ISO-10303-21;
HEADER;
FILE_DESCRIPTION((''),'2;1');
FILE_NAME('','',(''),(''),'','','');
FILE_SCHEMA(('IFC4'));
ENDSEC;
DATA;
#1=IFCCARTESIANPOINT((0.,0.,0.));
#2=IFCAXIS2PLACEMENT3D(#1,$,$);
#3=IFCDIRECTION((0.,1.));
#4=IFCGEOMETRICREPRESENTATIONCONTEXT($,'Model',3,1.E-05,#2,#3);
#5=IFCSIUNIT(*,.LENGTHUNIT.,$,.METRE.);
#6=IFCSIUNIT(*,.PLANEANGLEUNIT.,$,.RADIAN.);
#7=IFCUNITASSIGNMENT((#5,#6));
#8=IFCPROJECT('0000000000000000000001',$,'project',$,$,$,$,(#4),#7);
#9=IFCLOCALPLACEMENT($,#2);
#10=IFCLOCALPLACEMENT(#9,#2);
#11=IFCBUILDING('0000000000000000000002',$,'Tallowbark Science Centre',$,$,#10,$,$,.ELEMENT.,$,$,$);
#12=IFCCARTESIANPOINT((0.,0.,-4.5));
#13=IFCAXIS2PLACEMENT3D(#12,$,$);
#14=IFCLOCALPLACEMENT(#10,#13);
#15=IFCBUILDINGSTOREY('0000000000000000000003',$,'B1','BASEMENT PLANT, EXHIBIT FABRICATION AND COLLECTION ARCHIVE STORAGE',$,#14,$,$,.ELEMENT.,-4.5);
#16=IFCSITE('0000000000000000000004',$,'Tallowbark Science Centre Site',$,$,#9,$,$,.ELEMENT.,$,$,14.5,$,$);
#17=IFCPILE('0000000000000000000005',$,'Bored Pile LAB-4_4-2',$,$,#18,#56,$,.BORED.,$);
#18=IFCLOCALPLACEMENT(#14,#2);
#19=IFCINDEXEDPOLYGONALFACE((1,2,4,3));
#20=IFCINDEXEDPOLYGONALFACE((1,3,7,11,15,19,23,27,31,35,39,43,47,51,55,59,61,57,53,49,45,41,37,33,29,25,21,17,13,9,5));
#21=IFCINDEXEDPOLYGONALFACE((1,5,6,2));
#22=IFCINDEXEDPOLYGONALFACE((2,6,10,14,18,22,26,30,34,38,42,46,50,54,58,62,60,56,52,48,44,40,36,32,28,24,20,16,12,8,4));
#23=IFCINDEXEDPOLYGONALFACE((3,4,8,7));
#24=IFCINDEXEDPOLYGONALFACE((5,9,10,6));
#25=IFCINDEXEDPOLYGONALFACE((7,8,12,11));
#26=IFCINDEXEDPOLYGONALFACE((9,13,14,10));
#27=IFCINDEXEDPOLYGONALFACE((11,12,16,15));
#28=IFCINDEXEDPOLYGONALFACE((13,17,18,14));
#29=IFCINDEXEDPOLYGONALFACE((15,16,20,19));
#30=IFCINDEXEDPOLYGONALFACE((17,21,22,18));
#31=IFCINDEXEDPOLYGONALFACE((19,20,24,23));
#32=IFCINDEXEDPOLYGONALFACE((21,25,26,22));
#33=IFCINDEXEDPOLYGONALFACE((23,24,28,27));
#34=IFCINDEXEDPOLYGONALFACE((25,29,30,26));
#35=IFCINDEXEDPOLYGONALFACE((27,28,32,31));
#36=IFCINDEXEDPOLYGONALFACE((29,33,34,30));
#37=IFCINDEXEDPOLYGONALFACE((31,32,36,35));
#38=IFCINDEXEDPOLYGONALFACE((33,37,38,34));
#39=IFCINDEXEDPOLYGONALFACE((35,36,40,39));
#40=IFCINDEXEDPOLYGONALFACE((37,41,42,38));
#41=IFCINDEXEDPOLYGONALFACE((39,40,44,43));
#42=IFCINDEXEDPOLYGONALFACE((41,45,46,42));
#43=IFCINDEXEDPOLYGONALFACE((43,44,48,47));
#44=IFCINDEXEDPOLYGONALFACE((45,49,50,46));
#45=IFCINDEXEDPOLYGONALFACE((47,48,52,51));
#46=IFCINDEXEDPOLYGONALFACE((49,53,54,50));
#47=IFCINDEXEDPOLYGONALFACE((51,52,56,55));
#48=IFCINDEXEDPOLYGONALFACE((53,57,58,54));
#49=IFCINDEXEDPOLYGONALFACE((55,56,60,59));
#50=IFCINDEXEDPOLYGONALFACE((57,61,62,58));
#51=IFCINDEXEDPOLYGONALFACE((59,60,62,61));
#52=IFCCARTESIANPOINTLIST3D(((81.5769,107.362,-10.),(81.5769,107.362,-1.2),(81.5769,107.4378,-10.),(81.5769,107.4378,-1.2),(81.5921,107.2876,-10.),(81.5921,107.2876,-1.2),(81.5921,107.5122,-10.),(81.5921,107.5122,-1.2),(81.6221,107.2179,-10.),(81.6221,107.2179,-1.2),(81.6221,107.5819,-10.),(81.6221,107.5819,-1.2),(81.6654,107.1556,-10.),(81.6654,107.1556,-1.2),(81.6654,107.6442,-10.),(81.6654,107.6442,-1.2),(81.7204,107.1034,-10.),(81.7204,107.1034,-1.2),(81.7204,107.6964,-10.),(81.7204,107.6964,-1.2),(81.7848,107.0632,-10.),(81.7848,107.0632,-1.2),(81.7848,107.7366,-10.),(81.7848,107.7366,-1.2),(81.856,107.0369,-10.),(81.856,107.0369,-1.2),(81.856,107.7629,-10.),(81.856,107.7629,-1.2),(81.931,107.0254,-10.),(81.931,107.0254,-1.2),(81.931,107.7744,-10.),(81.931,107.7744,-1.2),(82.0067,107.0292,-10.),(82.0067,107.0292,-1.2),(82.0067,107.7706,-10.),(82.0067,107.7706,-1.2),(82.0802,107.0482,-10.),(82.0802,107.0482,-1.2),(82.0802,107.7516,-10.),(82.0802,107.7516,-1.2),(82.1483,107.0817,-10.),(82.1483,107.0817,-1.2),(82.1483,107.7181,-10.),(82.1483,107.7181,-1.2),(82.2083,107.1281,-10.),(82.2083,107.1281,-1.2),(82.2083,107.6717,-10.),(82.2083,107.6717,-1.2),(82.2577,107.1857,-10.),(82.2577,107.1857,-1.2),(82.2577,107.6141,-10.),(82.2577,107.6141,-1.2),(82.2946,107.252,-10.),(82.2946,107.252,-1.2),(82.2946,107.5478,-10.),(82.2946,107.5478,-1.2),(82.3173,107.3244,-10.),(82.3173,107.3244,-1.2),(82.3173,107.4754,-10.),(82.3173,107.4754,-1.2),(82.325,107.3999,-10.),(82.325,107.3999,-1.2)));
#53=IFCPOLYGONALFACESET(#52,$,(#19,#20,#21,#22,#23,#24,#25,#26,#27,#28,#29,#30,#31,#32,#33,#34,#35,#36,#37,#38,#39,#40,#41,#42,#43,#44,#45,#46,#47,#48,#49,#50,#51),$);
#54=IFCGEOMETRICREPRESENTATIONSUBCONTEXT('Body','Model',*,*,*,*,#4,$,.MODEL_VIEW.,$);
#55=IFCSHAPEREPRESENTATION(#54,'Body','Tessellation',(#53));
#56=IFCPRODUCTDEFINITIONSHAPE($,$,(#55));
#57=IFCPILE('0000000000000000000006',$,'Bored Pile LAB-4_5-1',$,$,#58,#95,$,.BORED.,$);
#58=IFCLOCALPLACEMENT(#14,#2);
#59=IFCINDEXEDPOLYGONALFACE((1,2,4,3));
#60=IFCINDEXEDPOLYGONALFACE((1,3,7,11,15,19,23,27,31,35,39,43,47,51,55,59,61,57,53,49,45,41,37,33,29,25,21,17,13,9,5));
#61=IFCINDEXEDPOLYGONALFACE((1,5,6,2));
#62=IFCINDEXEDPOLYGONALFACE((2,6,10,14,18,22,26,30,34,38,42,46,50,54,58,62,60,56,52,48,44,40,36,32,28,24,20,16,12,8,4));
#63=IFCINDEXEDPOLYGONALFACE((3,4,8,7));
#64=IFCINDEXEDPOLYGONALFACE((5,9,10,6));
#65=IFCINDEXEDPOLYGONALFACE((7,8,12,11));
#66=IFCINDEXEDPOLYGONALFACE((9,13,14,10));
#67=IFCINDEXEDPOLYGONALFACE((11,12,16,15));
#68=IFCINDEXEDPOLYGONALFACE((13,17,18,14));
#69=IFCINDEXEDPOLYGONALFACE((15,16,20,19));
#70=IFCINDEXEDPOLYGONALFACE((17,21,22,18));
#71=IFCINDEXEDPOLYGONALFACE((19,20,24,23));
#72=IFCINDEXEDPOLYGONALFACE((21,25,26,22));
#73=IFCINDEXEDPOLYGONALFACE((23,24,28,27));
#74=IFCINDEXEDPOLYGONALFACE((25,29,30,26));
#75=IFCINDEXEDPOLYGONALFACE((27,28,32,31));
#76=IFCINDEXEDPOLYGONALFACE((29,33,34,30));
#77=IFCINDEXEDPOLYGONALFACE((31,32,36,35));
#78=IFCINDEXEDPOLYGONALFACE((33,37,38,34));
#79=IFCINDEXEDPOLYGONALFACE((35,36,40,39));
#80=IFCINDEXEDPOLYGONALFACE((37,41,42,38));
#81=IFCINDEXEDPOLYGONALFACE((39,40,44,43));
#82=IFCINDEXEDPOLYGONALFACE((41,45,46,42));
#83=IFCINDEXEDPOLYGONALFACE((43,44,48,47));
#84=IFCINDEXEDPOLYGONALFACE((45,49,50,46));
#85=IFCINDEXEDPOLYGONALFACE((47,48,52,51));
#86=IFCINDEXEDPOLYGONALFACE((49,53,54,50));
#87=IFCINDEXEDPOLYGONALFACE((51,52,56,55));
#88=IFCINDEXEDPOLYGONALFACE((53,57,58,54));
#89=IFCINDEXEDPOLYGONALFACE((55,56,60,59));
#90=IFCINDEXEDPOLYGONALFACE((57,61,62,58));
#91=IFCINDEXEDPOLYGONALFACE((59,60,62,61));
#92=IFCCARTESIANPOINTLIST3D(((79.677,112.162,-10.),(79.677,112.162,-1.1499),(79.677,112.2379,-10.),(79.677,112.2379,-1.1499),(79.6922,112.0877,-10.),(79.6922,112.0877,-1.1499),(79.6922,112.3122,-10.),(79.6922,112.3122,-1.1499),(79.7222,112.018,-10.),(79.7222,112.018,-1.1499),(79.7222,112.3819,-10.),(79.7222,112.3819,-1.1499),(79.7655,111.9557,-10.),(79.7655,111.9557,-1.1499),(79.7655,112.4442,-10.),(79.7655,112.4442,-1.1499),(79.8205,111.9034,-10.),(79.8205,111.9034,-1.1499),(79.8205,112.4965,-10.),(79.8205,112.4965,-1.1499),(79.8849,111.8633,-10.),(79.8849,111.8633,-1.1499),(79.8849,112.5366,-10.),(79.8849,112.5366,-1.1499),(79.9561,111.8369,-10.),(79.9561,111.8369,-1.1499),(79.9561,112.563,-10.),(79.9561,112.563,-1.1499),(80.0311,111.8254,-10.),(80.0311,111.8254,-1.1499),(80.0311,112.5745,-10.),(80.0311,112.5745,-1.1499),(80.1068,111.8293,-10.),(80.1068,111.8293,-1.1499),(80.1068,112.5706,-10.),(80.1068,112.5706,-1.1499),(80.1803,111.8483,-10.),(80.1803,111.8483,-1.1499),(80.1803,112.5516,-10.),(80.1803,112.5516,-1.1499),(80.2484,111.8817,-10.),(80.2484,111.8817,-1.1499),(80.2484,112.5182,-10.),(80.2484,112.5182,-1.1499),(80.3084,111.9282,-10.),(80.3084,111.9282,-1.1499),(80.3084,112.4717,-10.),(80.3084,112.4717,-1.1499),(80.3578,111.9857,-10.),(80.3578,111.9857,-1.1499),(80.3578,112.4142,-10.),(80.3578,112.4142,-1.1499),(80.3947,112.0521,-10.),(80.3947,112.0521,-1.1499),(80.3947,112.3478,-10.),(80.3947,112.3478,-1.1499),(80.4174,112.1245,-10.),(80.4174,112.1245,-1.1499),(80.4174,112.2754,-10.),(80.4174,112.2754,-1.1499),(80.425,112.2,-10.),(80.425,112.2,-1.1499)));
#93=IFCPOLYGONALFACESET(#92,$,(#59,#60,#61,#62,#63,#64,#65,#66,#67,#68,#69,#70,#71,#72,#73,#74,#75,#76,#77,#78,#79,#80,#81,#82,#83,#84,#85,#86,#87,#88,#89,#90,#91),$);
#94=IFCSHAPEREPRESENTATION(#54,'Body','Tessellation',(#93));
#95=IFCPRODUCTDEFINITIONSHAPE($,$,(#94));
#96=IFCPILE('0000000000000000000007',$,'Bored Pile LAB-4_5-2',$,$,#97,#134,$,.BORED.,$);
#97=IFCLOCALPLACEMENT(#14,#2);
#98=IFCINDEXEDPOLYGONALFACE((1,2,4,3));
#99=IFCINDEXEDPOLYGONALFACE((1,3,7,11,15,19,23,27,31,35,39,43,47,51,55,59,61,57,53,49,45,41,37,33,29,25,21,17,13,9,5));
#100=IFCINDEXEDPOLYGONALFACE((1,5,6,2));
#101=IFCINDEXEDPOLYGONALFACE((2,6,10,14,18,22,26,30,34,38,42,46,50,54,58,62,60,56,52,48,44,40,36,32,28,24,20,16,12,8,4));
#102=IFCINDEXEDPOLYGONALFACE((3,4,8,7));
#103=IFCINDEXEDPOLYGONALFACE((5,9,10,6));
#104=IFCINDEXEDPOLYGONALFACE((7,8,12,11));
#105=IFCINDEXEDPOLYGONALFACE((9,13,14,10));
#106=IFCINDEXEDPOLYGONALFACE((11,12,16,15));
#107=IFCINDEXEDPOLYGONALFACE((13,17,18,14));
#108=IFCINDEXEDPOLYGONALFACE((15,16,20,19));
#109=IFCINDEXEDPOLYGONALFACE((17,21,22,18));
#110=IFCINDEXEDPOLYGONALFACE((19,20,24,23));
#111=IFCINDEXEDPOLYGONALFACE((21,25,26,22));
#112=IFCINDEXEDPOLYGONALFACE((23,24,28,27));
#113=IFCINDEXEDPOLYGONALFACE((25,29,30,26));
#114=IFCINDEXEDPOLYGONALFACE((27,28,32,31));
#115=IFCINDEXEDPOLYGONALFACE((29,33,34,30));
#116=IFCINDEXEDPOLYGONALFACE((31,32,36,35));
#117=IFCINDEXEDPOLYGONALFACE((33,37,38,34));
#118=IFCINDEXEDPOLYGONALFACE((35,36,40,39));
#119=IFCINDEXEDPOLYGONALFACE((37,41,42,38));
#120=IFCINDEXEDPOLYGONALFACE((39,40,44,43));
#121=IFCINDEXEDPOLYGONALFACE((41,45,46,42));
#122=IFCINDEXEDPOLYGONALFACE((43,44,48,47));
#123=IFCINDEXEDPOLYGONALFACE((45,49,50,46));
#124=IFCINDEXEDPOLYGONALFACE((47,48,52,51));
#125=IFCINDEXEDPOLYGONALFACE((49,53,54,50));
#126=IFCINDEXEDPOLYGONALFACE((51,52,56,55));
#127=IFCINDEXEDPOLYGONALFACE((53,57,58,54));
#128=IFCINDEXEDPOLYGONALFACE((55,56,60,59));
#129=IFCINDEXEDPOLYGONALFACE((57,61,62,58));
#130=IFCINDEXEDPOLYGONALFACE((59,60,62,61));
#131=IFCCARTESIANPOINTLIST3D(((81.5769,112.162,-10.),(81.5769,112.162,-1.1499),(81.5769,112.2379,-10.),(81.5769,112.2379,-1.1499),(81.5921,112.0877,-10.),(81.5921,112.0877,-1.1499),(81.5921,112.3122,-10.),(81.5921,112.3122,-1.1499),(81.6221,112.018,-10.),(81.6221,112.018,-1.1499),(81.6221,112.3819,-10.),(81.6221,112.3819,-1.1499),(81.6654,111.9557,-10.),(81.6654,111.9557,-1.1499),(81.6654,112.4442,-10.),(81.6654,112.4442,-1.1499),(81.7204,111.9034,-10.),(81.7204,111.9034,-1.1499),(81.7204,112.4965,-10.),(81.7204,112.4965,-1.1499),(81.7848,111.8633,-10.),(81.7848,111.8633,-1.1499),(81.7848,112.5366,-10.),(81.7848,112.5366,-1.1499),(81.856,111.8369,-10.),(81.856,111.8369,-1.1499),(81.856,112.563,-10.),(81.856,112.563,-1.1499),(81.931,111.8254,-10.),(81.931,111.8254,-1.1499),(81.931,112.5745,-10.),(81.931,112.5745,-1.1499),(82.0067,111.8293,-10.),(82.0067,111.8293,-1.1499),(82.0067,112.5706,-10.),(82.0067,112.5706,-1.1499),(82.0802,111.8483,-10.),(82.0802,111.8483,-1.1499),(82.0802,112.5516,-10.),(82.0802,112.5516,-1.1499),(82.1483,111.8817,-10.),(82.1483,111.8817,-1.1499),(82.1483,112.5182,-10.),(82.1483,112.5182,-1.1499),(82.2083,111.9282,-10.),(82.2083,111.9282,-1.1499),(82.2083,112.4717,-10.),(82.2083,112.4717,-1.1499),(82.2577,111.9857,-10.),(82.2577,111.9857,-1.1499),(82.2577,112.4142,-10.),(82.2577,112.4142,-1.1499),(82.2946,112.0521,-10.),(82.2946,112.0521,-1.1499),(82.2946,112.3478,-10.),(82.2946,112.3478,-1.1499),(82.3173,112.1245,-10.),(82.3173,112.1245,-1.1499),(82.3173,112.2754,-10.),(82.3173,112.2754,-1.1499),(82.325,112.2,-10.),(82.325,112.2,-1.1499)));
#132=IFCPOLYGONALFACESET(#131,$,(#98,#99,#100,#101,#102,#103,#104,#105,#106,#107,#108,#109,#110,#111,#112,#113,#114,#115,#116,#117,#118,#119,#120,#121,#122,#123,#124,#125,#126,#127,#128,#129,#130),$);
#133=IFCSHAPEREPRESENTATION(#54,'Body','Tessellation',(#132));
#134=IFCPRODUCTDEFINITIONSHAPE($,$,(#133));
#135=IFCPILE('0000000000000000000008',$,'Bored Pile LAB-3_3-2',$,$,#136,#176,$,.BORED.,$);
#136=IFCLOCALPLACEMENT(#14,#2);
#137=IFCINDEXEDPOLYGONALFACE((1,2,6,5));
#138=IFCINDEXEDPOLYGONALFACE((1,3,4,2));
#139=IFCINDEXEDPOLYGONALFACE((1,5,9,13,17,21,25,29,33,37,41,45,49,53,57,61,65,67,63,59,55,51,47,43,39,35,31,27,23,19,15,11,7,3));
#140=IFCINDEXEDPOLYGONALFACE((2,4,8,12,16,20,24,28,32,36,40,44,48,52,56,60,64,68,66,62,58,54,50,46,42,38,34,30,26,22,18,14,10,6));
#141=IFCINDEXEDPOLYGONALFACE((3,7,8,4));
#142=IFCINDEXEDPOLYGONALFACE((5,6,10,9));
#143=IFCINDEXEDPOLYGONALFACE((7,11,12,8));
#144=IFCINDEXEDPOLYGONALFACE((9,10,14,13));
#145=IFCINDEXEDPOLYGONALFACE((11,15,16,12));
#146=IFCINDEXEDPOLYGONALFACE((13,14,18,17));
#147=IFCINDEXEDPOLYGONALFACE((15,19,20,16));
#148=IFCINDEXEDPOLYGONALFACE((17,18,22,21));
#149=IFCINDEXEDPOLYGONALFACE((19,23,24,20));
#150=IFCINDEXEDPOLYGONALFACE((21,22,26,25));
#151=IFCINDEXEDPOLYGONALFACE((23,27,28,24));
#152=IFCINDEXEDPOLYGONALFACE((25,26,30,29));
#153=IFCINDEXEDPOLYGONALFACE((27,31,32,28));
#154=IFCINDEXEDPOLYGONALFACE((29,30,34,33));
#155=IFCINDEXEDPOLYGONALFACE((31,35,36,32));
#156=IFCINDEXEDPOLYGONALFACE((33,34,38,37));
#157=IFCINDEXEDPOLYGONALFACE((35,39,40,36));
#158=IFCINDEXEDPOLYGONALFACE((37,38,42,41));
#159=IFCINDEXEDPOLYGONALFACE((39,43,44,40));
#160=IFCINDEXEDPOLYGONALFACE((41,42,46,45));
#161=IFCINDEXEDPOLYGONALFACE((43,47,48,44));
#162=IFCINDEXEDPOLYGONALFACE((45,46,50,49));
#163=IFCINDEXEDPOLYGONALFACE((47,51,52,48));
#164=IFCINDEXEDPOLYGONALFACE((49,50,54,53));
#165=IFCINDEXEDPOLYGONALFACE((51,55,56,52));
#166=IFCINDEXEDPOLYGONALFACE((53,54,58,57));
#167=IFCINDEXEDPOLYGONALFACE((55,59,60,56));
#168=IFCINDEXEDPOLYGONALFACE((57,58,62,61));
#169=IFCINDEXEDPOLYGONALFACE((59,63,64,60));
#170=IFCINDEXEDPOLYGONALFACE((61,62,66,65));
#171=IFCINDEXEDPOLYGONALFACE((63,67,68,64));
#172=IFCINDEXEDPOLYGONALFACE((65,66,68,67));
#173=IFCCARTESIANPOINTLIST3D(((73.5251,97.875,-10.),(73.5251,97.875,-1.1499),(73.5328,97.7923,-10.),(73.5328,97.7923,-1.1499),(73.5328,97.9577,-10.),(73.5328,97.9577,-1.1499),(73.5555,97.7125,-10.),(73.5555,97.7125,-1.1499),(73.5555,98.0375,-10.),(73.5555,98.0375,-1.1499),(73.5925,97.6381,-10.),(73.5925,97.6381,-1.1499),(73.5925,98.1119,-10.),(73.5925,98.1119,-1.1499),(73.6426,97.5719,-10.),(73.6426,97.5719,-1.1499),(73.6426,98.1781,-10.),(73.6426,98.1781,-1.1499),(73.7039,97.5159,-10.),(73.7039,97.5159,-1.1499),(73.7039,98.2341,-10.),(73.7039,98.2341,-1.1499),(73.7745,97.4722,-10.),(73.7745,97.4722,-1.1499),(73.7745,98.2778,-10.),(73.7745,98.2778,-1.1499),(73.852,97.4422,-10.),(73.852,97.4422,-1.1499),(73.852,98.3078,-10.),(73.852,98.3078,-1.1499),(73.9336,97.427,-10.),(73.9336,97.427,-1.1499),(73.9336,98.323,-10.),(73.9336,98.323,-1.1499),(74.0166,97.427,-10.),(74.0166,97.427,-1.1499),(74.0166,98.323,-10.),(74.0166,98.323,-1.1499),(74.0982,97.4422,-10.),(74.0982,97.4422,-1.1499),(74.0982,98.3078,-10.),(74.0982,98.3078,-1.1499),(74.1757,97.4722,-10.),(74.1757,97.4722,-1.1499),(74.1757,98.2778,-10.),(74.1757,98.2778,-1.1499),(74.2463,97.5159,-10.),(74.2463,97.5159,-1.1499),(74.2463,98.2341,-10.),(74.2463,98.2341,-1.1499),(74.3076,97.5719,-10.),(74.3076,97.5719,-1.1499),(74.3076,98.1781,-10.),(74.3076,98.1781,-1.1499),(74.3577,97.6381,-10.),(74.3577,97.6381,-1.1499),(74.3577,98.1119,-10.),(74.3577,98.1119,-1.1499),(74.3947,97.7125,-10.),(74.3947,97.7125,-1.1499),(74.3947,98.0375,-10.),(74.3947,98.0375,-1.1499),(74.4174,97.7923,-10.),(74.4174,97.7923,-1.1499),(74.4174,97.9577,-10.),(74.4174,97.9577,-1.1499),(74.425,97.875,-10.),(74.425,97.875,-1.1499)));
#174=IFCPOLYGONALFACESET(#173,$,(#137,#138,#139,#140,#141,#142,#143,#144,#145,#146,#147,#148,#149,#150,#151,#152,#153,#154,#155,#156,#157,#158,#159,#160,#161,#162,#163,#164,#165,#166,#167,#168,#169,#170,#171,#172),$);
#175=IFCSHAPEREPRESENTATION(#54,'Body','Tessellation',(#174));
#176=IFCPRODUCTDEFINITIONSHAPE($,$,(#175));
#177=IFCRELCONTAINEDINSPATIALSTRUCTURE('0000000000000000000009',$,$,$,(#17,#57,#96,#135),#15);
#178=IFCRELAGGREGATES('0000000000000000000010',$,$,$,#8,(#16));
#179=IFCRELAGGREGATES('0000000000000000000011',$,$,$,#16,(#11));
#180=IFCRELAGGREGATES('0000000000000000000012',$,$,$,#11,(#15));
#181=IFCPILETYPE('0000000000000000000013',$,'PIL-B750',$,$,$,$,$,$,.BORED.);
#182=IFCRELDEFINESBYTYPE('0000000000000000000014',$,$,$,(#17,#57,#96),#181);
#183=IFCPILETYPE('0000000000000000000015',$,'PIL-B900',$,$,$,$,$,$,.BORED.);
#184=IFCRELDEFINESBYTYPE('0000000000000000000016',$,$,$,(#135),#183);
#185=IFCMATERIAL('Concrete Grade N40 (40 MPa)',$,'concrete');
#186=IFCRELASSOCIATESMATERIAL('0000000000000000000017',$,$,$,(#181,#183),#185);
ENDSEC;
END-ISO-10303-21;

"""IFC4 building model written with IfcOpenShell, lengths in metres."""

from ifc_helpers import new_model, si_unit, direction, frame, origin, origin_2d, place, context, subcontext, project, spatial, circle, extrude, material, material_profile, profile_set, type_object, element, save


model = new_model("IFC4")

# Units and contexts
model_context = context("Model", 3, precision=1e-05, world=origin(), true_north=direction((0.0, 1.0)))
body_context = subcontext(model_context, "Body", "Model", "MODEL_VIEW")
ifc_project = project(units=[si_unit("LENGTHUNIT", "METRE"), si_unit("PLANEANGLEUNIT", "RADIAN")], contexts=[model_context])

# Site, building, storey
site_placement = place(None, origin())
site = spatial("IfcSite", under=ifc_project, at=site_placement, Name="Tallowbark Science Centre Site", CompositionType="ELEMENT", RefElevation=14.5)
building_placement = place(site_placement, origin())
building = spatial("IfcBuilding", under=site, at=building_placement, Name="Tallowbark Science Centre", CompositionType="ELEMENT")
storey_placement = place(building_placement, frame((0.0, 0.0, -4.5)))
storey = spatial("IfcBuildingStorey", under=building, at=storey_placement, Name="B1", Description="BASEMENT PLANT, EXHIBIT FABRICATION AND COLLECTION ARCHIVE STORAGE", CompositionType="ELEMENT", Elevation=-4.5)

# Shared definitions
ifc_material_1 = material(Name="Concrete Grade N40 (40 MPa)", Category="concrete")

# Piles
ifc_material_profile_1 = material_profile(ifc_material_1, circle(Radius=0.375, at=origin_2d()), Name="PILE750")
ifc_profile_set_1 = profile_set([ifc_material_profile_1], Name="Concrete Grade N40 (40 MPa)")
pile_type_1 = type_object("IfcPileType", Name="PIL-B750", PredefinedType="BORED", material=ifc_profile_set_1)
for number, where, z_axis, x_axis, name in (
    (1, (81.95, 107.3999, -1.2), (0.0, 0.0, -1.0), (1.0, 0.0, 0.0), "Bored Pile LAB-4_4-2"),
):
    element("IfcPile", number, at=place(storey_placement, frame(where, z_axis=z_axis, x_axis=x_axis)), inside=storey, type_object=pile_type_1, Name=name, PredefinedType="BORED", context=body_context, shape_type="SweptSolid", body=[
        extrude(circle(Radius=0.375, at=origin_2d()), origin(), (0.0, 0.0, 1.0), 8.8),
    ])
for number, where, z_axis, x_axis, name in (
    (2, (80.05, 112.2, -1.1499), (0.0, 0.0, -1.0), (1.0, 0.0, 0.0), "Bored Pile LAB-4_5-1"),
    (3, (81.95, 112.2, -1.1499), (0.0, 0.0, -1.0), (1.0, 0.0, 0.0), "Bored Pile LAB-4_5-2"),
):
    element("IfcPile", number, at=place(storey_placement, frame(where, z_axis=z_axis, x_axis=x_axis)), inside=storey, type_object=pile_type_1, Name=name, PredefinedType="BORED", context=body_context, shape_type="SweptSolid", body=[
        extrude(circle(Radius=0.375, at=origin_2d()), origin(), (0.0, 0.0, 1.0), 8.8501),
    ])
ifc_material_profile_2 = material_profile(ifc_material_1, circle(Radius=0.45, at=origin_2d()), Name="PILE900")
ifc_profile_set_2 = profile_set([ifc_material_profile_2], Name="Concrete Grade N40 (40 MPa)")
pile_type_2 = type_object("IfcPileType", Name="PIL-B900", PredefinedType="BORED", material=ifc_profile_set_2)
for number, where, z_axis, x_axis, name in (
    (4, (73.9751, 97.875, -1.1499), (0.0, 0.0, -1.0), (1.0, 0.0, 0.0), "Bored Pile LAB-3_3-2"),
):
    element("IfcPile", number, at=place(storey_placement, frame(where, z_axis=z_axis, x_axis=x_axis)), inside=storey, type_object=pile_type_2, Name=name, PredefinedType="BORED", context=body_context, shape_type="SweptSolid", body=[
        extrude(circle(Radius=0.45, at=origin_2d()), origin(), (0.0, 0.0, 1.0), 8.8501),
    ])

save(model, "model.ifc")
